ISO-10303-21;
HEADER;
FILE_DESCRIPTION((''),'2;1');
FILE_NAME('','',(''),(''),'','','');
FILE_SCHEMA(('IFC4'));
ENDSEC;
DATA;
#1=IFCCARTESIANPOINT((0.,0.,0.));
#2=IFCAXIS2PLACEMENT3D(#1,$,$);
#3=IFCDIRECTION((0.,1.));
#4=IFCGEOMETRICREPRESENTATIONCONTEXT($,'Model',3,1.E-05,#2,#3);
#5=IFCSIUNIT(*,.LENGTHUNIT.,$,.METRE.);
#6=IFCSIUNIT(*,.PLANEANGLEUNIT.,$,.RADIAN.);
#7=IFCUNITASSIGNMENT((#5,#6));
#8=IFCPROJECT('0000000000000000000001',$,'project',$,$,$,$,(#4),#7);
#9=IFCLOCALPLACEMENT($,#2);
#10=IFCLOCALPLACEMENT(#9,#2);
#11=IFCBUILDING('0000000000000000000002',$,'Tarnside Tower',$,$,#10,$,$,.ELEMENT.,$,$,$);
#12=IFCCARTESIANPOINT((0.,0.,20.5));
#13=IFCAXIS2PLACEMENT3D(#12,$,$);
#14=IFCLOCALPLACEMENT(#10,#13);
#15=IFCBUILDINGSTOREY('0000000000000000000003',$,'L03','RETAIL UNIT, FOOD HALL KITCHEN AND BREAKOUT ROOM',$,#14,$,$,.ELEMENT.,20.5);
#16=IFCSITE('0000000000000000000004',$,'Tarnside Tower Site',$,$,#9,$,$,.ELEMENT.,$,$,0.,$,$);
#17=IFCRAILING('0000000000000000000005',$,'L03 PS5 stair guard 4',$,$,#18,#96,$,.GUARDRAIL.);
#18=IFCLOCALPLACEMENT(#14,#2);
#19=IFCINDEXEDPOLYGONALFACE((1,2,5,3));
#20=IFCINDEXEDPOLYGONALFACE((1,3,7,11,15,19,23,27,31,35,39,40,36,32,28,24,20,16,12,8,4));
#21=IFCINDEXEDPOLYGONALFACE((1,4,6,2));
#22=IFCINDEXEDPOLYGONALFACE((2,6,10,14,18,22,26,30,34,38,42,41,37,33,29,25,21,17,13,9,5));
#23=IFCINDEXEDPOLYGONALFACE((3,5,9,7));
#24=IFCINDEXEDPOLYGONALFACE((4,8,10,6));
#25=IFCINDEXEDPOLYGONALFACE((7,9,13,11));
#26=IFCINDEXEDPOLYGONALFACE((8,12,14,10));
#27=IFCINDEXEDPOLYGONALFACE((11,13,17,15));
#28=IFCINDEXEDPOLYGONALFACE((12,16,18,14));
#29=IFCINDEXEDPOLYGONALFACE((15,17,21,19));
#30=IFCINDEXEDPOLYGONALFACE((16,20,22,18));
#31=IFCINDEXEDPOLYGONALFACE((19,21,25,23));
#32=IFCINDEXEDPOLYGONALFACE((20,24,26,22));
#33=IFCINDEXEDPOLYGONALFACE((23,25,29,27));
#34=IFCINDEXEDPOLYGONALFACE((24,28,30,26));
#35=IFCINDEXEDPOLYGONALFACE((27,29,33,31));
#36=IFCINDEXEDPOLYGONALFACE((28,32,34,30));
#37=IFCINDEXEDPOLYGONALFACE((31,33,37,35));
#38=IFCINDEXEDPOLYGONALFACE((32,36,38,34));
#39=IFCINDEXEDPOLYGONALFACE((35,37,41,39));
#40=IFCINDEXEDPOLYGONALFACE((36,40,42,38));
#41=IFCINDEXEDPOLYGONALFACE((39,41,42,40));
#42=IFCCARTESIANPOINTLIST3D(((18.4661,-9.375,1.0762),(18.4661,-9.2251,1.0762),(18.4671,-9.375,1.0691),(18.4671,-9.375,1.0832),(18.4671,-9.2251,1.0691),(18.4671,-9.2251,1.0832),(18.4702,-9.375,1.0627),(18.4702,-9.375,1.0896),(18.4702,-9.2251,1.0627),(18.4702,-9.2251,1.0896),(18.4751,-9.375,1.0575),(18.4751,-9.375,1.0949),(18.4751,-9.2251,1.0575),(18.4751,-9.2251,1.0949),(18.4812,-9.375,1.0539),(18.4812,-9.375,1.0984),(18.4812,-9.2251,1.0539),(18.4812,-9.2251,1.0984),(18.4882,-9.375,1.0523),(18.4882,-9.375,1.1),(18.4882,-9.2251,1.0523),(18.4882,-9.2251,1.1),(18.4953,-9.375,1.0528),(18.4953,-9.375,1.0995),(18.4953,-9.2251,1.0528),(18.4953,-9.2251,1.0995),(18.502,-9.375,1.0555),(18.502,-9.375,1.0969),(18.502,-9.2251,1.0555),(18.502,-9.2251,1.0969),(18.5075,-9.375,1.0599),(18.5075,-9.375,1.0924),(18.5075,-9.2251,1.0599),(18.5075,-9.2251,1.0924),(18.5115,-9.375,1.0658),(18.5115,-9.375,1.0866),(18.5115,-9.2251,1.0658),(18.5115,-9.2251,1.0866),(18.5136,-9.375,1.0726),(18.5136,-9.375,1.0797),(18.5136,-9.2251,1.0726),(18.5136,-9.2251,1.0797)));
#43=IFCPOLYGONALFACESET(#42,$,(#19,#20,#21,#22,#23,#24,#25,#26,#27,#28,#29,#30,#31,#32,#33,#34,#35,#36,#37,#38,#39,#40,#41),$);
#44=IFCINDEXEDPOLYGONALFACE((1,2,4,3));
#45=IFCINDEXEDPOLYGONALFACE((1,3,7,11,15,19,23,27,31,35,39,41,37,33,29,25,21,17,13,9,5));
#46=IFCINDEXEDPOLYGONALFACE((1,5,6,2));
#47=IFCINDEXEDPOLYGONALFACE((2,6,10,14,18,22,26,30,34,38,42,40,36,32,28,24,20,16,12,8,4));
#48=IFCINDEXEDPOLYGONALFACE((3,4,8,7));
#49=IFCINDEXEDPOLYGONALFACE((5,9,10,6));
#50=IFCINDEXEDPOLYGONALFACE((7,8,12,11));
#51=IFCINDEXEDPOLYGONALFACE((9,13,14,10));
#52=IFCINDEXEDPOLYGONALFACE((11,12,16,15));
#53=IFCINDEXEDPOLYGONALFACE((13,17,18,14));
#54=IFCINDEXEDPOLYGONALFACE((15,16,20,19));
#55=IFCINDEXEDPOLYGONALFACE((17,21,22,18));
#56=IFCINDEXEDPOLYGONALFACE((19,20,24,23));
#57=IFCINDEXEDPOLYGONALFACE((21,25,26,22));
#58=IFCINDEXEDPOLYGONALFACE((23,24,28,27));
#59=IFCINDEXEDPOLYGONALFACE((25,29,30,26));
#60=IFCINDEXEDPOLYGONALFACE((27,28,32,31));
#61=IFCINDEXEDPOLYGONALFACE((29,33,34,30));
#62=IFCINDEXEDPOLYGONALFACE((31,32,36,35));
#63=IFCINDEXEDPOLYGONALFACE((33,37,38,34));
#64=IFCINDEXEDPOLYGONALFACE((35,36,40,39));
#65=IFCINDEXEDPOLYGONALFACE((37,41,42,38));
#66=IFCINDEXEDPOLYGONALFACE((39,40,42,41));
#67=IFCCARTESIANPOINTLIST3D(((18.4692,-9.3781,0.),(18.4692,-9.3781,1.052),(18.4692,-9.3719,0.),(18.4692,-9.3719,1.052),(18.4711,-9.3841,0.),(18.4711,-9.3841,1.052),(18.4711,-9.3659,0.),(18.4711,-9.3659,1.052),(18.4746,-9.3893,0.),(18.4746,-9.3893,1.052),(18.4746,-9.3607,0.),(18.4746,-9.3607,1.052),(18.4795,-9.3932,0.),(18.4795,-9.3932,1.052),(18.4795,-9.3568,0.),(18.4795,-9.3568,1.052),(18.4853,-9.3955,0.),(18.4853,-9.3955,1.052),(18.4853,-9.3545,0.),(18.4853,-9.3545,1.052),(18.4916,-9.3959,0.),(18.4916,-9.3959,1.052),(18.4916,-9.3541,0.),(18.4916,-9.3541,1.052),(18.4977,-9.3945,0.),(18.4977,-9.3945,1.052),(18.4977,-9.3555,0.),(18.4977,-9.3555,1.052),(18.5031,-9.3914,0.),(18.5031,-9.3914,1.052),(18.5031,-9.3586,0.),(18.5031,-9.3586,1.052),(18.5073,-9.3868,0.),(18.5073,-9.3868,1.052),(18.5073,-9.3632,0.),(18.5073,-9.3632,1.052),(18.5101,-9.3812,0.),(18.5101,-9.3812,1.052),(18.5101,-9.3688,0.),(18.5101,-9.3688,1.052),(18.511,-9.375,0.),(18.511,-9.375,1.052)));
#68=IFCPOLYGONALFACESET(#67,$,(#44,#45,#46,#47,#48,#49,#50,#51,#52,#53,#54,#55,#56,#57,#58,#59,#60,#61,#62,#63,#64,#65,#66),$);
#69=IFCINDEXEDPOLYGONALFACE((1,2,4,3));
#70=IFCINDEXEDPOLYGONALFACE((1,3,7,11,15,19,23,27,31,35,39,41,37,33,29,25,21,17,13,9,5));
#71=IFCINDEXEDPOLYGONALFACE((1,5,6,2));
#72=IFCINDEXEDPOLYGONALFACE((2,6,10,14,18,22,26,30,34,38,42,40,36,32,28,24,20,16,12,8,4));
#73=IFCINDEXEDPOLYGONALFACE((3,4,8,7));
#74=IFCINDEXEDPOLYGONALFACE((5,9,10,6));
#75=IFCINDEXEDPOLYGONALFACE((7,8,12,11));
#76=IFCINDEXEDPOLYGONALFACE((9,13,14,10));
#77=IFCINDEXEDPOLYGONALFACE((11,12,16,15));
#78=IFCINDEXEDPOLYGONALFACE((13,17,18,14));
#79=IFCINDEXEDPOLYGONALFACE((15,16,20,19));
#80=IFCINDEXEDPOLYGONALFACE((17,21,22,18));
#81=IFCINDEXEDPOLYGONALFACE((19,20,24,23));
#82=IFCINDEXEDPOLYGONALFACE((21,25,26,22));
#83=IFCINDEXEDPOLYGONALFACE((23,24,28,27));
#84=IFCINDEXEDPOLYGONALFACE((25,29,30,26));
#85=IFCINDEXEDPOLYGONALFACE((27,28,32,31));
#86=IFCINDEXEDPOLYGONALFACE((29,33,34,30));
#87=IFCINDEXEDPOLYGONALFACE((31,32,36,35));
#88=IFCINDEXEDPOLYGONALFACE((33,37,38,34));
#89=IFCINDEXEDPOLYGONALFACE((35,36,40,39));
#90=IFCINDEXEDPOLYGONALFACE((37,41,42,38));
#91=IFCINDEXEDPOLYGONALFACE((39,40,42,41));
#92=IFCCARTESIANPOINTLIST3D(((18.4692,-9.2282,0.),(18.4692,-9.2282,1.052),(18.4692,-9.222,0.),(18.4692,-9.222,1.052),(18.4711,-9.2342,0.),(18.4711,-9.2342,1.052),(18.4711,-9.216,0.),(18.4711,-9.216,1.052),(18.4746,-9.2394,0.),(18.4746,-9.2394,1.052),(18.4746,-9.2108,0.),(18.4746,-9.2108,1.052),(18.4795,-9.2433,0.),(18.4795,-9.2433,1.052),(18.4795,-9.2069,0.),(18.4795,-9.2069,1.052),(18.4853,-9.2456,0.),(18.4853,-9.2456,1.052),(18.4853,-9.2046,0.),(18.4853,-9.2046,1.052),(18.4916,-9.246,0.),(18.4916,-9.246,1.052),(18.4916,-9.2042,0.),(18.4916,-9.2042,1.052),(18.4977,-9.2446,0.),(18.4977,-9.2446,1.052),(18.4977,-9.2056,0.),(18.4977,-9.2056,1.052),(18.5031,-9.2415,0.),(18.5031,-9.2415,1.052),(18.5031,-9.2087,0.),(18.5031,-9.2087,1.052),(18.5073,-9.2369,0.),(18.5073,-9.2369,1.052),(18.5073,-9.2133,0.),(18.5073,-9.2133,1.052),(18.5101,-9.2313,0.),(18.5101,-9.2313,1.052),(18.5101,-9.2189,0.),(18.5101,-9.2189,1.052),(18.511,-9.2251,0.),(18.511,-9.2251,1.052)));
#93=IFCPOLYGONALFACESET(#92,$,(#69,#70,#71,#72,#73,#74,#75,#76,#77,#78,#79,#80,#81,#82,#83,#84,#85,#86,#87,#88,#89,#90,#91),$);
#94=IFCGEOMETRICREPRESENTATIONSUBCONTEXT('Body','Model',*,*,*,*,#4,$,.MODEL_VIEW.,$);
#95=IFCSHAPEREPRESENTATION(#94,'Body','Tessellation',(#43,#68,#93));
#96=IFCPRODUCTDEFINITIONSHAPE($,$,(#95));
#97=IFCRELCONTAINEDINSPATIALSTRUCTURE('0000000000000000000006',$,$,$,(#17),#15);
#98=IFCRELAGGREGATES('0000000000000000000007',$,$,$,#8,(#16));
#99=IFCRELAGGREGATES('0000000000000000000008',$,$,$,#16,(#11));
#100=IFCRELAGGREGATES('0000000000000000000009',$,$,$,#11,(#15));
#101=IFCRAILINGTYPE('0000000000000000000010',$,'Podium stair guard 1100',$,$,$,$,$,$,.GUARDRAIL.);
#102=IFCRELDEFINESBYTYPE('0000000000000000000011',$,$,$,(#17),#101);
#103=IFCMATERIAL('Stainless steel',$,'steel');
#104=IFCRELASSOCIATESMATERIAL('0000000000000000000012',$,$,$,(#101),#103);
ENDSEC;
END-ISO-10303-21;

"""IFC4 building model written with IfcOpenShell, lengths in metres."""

from ifc_helpers import new_model, si_unit, direction, frame, origin, origin_2d, place, context, subcontext, project, spatial, circle, extrude, material, type_object, element, save


model = new_model("IFC4")

# Units and contexts
model_context = context("Model", 3, precision=1e-05, world=origin(), true_north=direction((0.0, 1.0)))
body_context = subcontext(model_context, "Body", "Model", "MODEL_VIEW")
ifc_project = project(units=[si_unit("LENGTHUNIT", "METRE"), si_unit("PLANEANGLEUNIT", "RADIAN")], contexts=[model_context])

# Site, building, storey
site_placement = place(None, origin())
site = spatial("IfcSite", under=ifc_project, at=site_placement, Name="Tarnside Tower Site", CompositionType="ELEMENT", RefElevation=0.0)
building_placement = place(site_placement, origin())
building = spatial("IfcBuilding", under=site, at=building_placement, Name="Tarnside Tower", CompositionType="ELEMENT")
storey_placement = place(building_placement, frame((0.0, 0.0, 20.5)))
storey = spatial("IfcBuildingStorey", under=building, at=storey_placement, Name="L03", Description="RETAIL UNIT, FOOD HALL KITCHEN AND BREAKOUT ROOM", CompositionType="ELEMENT", Elevation=20.5)

# Railing
ifc_material_1 = material(Name="Stainless steel", Category="steel")
railing_type_1 = type_object("IfcRailingType", Name="Podium stair guard 1100", PredefinedType="GUARDRAIL", material=ifc_material_1)
railing_1_placement = place(storey_placement, frame((18.49, -9.375, 0.0)))
element("IfcRailing", 1, at=railing_1_placement, inside=storey, type_object=railing_type_1, Name="L03 PS5 stair guard 4", PredefinedType="GUARDRAIL", context=body_context, shape_type="SweptSolid", body=[
    extrude(circle(Radius=0.0239, at=origin_2d()), frame((0.0, 0.0, 1.0762), z_axis=(0.0, 1.0, 0.0), x_axis=(-1.0, 0.0, 0.0)), (0.0, 0.0, 1.0), 0.1499),
    extrude(circle(Radius=0.021, at=origin_2d()), origin(), (0.0, 0.0, 1.0), 1.052),
    extrude(circle(Radius=0.021, at=origin_2d()), frame((0.0, 0.1499, 0.0)), (0.0, 0.0, 1.0), 1.052),
])

save(model, "model.ifc")
